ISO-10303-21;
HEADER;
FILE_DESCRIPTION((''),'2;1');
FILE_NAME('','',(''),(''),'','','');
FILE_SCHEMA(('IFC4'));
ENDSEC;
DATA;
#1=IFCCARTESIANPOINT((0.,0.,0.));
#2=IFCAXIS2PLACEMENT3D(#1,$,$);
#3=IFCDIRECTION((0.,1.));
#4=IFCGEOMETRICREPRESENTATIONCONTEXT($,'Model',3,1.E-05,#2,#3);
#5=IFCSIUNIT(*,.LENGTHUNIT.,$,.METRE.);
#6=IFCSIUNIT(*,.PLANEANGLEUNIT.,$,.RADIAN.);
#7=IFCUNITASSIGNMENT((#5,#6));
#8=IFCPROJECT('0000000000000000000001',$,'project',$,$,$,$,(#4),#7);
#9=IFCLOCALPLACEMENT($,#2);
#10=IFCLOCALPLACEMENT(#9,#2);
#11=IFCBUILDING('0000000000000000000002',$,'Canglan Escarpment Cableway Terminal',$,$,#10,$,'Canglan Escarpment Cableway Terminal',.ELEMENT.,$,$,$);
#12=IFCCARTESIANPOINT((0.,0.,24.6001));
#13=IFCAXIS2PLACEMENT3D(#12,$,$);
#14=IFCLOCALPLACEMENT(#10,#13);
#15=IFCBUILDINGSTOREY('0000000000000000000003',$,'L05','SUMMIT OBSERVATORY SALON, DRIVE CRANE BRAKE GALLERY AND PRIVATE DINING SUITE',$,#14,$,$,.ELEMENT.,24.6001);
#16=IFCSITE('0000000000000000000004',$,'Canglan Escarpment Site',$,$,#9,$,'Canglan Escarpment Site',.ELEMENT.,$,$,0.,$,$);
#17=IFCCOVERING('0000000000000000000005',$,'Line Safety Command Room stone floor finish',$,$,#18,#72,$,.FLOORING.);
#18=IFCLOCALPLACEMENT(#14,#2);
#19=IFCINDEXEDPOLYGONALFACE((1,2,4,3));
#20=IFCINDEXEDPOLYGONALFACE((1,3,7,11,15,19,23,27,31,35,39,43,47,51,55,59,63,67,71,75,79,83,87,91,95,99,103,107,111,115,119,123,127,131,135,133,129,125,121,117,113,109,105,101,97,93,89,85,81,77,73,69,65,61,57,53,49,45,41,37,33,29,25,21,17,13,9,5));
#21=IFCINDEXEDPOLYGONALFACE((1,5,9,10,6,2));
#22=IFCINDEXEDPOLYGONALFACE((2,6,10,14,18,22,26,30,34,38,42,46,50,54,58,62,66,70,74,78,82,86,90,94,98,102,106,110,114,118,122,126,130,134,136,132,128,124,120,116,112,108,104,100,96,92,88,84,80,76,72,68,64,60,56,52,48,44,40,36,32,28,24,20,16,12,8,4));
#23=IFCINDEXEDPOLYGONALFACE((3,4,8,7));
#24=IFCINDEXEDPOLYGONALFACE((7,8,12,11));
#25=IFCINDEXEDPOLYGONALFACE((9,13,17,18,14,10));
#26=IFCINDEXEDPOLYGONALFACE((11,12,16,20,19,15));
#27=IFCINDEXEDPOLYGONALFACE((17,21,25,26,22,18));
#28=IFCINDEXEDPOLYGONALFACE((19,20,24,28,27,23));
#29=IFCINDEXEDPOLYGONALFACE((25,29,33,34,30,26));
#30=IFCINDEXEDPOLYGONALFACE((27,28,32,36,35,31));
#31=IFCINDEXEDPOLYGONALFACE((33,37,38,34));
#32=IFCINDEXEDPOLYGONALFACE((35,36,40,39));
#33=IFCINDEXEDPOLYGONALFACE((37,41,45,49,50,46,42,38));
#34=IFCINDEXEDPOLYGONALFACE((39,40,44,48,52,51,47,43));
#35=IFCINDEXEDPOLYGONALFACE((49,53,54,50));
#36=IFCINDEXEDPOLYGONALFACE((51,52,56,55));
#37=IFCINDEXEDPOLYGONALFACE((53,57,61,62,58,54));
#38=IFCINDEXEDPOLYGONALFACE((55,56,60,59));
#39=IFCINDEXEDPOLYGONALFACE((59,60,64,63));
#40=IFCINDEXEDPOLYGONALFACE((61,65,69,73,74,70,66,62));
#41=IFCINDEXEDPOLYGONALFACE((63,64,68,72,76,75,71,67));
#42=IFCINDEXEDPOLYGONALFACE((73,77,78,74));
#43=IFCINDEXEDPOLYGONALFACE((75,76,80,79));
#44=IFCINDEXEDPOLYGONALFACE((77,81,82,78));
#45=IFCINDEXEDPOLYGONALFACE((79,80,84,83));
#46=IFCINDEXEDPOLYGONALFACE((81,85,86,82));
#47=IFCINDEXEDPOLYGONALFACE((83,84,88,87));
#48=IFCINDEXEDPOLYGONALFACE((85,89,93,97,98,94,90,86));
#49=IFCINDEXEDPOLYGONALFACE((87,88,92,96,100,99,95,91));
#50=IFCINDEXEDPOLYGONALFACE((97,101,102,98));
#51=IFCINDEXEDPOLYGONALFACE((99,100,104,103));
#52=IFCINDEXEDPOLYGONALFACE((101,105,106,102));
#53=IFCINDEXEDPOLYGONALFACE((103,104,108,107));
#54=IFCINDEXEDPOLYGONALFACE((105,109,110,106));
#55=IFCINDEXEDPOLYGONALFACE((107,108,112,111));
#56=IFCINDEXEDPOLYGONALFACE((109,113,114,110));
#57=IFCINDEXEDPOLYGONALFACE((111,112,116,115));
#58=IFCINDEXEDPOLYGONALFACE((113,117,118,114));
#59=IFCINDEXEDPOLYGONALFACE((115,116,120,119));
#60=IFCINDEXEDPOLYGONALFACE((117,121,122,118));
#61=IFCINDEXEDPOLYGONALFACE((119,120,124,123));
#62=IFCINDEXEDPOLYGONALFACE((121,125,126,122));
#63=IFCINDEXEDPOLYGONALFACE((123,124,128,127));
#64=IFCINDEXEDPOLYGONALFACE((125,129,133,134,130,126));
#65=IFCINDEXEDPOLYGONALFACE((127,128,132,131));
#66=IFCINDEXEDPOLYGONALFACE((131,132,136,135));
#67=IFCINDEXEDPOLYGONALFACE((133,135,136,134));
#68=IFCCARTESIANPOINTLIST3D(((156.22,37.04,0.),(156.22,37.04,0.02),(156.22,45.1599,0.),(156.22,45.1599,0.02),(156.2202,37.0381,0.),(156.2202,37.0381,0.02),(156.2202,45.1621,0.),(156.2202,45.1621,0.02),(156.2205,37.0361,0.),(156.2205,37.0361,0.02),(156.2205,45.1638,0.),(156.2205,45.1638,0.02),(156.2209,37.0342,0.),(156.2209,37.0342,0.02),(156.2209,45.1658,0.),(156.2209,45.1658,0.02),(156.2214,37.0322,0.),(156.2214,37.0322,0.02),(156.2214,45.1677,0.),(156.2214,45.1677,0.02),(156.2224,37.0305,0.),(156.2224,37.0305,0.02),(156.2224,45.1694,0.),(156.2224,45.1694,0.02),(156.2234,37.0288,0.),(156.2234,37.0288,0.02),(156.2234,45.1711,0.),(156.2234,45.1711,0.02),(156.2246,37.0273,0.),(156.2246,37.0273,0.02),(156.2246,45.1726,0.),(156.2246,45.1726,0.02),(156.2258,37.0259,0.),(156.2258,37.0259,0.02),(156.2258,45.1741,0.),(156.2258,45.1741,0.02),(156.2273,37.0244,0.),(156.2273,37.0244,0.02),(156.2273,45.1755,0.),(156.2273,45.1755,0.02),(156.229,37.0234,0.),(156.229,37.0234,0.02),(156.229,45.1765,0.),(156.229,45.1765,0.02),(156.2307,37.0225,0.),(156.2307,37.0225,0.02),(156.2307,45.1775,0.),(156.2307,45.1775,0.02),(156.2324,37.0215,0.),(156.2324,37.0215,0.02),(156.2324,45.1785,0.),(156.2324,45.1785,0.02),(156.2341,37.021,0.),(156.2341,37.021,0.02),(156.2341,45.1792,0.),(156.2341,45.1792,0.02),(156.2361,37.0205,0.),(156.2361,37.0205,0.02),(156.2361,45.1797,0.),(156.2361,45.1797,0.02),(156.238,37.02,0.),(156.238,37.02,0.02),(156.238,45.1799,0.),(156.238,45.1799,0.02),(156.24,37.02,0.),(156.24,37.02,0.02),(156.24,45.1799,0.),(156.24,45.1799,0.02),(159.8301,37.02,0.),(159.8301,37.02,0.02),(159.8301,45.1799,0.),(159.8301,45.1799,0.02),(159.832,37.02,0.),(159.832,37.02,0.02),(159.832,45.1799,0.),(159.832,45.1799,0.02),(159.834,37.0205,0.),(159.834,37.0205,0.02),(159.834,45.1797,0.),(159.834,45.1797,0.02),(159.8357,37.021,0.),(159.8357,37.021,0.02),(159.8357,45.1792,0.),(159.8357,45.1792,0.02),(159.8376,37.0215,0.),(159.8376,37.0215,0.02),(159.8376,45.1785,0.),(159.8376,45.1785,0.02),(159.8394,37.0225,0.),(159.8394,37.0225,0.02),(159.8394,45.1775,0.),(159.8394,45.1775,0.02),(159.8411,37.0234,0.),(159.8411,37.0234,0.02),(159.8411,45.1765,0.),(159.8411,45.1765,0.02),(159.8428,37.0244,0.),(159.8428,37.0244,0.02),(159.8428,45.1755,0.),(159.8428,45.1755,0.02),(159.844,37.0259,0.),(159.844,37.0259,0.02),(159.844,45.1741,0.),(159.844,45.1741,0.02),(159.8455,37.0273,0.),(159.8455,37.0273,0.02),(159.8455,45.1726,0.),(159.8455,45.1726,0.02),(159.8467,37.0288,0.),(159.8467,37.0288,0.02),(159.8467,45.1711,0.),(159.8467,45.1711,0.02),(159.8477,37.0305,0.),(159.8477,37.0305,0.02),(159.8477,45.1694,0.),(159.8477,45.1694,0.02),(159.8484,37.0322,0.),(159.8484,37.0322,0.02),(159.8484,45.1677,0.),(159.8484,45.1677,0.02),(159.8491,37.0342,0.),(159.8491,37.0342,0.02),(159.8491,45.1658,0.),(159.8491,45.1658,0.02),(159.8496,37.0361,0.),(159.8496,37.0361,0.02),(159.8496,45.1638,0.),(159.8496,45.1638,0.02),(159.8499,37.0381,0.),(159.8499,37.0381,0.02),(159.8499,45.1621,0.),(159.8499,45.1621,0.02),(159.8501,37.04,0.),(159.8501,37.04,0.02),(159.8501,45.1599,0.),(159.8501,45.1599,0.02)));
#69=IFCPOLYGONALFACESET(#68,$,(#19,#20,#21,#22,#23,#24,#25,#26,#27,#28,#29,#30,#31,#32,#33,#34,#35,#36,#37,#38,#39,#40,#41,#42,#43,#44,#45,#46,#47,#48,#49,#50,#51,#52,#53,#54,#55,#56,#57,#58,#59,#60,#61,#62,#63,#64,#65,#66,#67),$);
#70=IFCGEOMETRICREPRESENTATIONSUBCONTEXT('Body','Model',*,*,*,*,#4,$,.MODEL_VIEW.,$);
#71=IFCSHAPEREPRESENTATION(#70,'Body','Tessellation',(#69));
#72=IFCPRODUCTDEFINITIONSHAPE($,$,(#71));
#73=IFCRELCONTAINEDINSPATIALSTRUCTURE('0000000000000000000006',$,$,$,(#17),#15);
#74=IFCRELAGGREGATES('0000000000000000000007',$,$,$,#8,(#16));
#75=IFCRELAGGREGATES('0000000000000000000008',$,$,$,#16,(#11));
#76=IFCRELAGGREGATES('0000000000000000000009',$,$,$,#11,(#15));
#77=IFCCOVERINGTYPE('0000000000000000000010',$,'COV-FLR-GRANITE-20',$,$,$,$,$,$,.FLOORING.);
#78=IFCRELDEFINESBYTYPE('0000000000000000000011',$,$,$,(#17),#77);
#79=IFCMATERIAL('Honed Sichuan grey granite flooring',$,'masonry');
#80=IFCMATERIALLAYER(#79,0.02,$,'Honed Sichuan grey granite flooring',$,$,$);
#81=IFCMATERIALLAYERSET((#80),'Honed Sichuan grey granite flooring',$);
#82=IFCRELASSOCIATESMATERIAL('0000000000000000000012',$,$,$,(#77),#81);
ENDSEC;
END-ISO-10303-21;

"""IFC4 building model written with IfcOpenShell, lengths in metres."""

from ifc_helpers import new_model, si_unit, direction, frame, origin, place, context, subcontext, project, spatial, polyline, outline, extrude, material, layer, layer_set, type_object, element, save


model = new_model("IFC4")

# Units and contexts
model_context = context("Model", 3, precision=1e-05, world=origin(), true_north=direction((0.0, 1.0)))
body_context = subcontext(model_context, "Body", "Model", "MODEL_VIEW")
ifc_project = project(units=[si_unit("LENGTHUNIT", "METRE"), si_unit("PLANEANGLEUNIT", "RADIAN")], contexts=[model_context])

# Site, building, storey
site_placement = place(None, origin())
site = spatial("IfcSite", under=ifc_project, at=site_placement, Name="Canglan Escarpment Site", LongName="Canglan Escarpment Site", CompositionType="ELEMENT", RefElevation=0.0)
building_placement = place(site_placement, origin())
building = spatial("IfcBuilding", under=site, at=building_placement, Name="Canglan Escarpment Cableway Terminal", LongName="Canglan Escarpment Cableway Terminal", CompositionType="ELEMENT")
storey_placement = place(building_placement, frame((0.0, 0.0, 24.6001)))
storey = spatial("IfcBuildingStorey", under=building, at=storey_placement, Name="L05", Description="SUMMIT OBSERVATORY SALON, DRIVE CRANE BRAKE GALLERY AND PRIVATE DINING SUITE", CompositionType="ELEMENT", Elevation=24.6001)

# Covering
ifc_material_1 = material(Name="Honed Sichuan grey granite flooring", Category="masonry")
ifc_layer_1 = layer(ifc_material_1, 0.02, Name="Honed Sichuan grey granite flooring")
ifc_layer_set_1 = layer_set([ifc_layer_1], Name="Honed Sichuan grey granite flooring")
covering_type_1 = type_object("IfcCoveringType", Name="COV-FLR-GRANITE-20", PredefinedType="FLOORING", material=ifc_layer_set_1)
covering_1_placement = place(storey_placement, origin())
element("IfcCovering", 1, at=covering_1_placement, inside=storey, type_object=covering_type_1, Name="Line Safety Command Room stone floor finish", PredefinedType="FLOORING", context=body_context, shape_type="SweptSolid", body=[
    extrude(outline(polyline([(156.22, 45.1599), (156.2202, 45.1621), (156.2205, 45.1638), (156.2209, 45.1658), (156.2214, 45.1677), (156.2224, 45.1694), (156.2234, 45.1711), (156.2246, 45.1726), (156.2258, 45.1741), (156.2273, 45.1755), (156.229, 45.1765), (156.2307, 45.1775), (156.2324, 45.1785), (156.2341, 45.1792), (156.2361, 45.1797), (156.238, 45.1799), (156.24, 45.1799), (159.8301, 45.1799), (159.832, 45.1799), (159.834, 45.1797), (159.8357, 45.1792), (159.8376, 45.1785), (159.8394, 45.1775), (159.8411, 45.1765), (159.8428, 45.1755), (159.844, 45.1741), (159.8455, 45.1726), (159.8467, 45.1711), (159.8477, 45.1694), (159.8484, 45.1677), (159.8491, 45.1658), (159.8496, 45.1638), (159.8499, 45.1621), (159.8501, 45.1599), (159.8501, 37.04), (159.8499, 37.0381), (159.8496, 37.0361), (159.8491, 37.0342), (159.8484, 37.0322), (159.8477, 37.0305), (159.8467, 37.0288), (159.8455, 37.0273), (159.844, 37.0259), (159.8428, 37.0244), (159.8411, 37.0234), (159.8394, 37.0225), (159.8376, 37.0215), (159.8357, 37.021), (159.834, 37.0205), (159.832, 37.02), (159.8301, 37.02), (156.24, 37.02), (156.238, 37.02), (156.2361, 37.0205), (156.2341, 37.021), (156.2324, 37.0215), (156.2307, 37.0225), (156.229, 37.0234), (156.2273, 37.0244), (156.2258, 37.0259), (156.2246, 37.0273), (156.2234, 37.0288), (156.2224, 37.0305), (156.2214, 37.0322), (156.2209, 37.0342), (156.2205, 37.0361), (156.2202, 37.0381), (156.22, 37.04), (156.22, 45.1599)])), origin(), (0.0, 0.0, 1.0), 0.02),
])

save(model, "model.ifc")
